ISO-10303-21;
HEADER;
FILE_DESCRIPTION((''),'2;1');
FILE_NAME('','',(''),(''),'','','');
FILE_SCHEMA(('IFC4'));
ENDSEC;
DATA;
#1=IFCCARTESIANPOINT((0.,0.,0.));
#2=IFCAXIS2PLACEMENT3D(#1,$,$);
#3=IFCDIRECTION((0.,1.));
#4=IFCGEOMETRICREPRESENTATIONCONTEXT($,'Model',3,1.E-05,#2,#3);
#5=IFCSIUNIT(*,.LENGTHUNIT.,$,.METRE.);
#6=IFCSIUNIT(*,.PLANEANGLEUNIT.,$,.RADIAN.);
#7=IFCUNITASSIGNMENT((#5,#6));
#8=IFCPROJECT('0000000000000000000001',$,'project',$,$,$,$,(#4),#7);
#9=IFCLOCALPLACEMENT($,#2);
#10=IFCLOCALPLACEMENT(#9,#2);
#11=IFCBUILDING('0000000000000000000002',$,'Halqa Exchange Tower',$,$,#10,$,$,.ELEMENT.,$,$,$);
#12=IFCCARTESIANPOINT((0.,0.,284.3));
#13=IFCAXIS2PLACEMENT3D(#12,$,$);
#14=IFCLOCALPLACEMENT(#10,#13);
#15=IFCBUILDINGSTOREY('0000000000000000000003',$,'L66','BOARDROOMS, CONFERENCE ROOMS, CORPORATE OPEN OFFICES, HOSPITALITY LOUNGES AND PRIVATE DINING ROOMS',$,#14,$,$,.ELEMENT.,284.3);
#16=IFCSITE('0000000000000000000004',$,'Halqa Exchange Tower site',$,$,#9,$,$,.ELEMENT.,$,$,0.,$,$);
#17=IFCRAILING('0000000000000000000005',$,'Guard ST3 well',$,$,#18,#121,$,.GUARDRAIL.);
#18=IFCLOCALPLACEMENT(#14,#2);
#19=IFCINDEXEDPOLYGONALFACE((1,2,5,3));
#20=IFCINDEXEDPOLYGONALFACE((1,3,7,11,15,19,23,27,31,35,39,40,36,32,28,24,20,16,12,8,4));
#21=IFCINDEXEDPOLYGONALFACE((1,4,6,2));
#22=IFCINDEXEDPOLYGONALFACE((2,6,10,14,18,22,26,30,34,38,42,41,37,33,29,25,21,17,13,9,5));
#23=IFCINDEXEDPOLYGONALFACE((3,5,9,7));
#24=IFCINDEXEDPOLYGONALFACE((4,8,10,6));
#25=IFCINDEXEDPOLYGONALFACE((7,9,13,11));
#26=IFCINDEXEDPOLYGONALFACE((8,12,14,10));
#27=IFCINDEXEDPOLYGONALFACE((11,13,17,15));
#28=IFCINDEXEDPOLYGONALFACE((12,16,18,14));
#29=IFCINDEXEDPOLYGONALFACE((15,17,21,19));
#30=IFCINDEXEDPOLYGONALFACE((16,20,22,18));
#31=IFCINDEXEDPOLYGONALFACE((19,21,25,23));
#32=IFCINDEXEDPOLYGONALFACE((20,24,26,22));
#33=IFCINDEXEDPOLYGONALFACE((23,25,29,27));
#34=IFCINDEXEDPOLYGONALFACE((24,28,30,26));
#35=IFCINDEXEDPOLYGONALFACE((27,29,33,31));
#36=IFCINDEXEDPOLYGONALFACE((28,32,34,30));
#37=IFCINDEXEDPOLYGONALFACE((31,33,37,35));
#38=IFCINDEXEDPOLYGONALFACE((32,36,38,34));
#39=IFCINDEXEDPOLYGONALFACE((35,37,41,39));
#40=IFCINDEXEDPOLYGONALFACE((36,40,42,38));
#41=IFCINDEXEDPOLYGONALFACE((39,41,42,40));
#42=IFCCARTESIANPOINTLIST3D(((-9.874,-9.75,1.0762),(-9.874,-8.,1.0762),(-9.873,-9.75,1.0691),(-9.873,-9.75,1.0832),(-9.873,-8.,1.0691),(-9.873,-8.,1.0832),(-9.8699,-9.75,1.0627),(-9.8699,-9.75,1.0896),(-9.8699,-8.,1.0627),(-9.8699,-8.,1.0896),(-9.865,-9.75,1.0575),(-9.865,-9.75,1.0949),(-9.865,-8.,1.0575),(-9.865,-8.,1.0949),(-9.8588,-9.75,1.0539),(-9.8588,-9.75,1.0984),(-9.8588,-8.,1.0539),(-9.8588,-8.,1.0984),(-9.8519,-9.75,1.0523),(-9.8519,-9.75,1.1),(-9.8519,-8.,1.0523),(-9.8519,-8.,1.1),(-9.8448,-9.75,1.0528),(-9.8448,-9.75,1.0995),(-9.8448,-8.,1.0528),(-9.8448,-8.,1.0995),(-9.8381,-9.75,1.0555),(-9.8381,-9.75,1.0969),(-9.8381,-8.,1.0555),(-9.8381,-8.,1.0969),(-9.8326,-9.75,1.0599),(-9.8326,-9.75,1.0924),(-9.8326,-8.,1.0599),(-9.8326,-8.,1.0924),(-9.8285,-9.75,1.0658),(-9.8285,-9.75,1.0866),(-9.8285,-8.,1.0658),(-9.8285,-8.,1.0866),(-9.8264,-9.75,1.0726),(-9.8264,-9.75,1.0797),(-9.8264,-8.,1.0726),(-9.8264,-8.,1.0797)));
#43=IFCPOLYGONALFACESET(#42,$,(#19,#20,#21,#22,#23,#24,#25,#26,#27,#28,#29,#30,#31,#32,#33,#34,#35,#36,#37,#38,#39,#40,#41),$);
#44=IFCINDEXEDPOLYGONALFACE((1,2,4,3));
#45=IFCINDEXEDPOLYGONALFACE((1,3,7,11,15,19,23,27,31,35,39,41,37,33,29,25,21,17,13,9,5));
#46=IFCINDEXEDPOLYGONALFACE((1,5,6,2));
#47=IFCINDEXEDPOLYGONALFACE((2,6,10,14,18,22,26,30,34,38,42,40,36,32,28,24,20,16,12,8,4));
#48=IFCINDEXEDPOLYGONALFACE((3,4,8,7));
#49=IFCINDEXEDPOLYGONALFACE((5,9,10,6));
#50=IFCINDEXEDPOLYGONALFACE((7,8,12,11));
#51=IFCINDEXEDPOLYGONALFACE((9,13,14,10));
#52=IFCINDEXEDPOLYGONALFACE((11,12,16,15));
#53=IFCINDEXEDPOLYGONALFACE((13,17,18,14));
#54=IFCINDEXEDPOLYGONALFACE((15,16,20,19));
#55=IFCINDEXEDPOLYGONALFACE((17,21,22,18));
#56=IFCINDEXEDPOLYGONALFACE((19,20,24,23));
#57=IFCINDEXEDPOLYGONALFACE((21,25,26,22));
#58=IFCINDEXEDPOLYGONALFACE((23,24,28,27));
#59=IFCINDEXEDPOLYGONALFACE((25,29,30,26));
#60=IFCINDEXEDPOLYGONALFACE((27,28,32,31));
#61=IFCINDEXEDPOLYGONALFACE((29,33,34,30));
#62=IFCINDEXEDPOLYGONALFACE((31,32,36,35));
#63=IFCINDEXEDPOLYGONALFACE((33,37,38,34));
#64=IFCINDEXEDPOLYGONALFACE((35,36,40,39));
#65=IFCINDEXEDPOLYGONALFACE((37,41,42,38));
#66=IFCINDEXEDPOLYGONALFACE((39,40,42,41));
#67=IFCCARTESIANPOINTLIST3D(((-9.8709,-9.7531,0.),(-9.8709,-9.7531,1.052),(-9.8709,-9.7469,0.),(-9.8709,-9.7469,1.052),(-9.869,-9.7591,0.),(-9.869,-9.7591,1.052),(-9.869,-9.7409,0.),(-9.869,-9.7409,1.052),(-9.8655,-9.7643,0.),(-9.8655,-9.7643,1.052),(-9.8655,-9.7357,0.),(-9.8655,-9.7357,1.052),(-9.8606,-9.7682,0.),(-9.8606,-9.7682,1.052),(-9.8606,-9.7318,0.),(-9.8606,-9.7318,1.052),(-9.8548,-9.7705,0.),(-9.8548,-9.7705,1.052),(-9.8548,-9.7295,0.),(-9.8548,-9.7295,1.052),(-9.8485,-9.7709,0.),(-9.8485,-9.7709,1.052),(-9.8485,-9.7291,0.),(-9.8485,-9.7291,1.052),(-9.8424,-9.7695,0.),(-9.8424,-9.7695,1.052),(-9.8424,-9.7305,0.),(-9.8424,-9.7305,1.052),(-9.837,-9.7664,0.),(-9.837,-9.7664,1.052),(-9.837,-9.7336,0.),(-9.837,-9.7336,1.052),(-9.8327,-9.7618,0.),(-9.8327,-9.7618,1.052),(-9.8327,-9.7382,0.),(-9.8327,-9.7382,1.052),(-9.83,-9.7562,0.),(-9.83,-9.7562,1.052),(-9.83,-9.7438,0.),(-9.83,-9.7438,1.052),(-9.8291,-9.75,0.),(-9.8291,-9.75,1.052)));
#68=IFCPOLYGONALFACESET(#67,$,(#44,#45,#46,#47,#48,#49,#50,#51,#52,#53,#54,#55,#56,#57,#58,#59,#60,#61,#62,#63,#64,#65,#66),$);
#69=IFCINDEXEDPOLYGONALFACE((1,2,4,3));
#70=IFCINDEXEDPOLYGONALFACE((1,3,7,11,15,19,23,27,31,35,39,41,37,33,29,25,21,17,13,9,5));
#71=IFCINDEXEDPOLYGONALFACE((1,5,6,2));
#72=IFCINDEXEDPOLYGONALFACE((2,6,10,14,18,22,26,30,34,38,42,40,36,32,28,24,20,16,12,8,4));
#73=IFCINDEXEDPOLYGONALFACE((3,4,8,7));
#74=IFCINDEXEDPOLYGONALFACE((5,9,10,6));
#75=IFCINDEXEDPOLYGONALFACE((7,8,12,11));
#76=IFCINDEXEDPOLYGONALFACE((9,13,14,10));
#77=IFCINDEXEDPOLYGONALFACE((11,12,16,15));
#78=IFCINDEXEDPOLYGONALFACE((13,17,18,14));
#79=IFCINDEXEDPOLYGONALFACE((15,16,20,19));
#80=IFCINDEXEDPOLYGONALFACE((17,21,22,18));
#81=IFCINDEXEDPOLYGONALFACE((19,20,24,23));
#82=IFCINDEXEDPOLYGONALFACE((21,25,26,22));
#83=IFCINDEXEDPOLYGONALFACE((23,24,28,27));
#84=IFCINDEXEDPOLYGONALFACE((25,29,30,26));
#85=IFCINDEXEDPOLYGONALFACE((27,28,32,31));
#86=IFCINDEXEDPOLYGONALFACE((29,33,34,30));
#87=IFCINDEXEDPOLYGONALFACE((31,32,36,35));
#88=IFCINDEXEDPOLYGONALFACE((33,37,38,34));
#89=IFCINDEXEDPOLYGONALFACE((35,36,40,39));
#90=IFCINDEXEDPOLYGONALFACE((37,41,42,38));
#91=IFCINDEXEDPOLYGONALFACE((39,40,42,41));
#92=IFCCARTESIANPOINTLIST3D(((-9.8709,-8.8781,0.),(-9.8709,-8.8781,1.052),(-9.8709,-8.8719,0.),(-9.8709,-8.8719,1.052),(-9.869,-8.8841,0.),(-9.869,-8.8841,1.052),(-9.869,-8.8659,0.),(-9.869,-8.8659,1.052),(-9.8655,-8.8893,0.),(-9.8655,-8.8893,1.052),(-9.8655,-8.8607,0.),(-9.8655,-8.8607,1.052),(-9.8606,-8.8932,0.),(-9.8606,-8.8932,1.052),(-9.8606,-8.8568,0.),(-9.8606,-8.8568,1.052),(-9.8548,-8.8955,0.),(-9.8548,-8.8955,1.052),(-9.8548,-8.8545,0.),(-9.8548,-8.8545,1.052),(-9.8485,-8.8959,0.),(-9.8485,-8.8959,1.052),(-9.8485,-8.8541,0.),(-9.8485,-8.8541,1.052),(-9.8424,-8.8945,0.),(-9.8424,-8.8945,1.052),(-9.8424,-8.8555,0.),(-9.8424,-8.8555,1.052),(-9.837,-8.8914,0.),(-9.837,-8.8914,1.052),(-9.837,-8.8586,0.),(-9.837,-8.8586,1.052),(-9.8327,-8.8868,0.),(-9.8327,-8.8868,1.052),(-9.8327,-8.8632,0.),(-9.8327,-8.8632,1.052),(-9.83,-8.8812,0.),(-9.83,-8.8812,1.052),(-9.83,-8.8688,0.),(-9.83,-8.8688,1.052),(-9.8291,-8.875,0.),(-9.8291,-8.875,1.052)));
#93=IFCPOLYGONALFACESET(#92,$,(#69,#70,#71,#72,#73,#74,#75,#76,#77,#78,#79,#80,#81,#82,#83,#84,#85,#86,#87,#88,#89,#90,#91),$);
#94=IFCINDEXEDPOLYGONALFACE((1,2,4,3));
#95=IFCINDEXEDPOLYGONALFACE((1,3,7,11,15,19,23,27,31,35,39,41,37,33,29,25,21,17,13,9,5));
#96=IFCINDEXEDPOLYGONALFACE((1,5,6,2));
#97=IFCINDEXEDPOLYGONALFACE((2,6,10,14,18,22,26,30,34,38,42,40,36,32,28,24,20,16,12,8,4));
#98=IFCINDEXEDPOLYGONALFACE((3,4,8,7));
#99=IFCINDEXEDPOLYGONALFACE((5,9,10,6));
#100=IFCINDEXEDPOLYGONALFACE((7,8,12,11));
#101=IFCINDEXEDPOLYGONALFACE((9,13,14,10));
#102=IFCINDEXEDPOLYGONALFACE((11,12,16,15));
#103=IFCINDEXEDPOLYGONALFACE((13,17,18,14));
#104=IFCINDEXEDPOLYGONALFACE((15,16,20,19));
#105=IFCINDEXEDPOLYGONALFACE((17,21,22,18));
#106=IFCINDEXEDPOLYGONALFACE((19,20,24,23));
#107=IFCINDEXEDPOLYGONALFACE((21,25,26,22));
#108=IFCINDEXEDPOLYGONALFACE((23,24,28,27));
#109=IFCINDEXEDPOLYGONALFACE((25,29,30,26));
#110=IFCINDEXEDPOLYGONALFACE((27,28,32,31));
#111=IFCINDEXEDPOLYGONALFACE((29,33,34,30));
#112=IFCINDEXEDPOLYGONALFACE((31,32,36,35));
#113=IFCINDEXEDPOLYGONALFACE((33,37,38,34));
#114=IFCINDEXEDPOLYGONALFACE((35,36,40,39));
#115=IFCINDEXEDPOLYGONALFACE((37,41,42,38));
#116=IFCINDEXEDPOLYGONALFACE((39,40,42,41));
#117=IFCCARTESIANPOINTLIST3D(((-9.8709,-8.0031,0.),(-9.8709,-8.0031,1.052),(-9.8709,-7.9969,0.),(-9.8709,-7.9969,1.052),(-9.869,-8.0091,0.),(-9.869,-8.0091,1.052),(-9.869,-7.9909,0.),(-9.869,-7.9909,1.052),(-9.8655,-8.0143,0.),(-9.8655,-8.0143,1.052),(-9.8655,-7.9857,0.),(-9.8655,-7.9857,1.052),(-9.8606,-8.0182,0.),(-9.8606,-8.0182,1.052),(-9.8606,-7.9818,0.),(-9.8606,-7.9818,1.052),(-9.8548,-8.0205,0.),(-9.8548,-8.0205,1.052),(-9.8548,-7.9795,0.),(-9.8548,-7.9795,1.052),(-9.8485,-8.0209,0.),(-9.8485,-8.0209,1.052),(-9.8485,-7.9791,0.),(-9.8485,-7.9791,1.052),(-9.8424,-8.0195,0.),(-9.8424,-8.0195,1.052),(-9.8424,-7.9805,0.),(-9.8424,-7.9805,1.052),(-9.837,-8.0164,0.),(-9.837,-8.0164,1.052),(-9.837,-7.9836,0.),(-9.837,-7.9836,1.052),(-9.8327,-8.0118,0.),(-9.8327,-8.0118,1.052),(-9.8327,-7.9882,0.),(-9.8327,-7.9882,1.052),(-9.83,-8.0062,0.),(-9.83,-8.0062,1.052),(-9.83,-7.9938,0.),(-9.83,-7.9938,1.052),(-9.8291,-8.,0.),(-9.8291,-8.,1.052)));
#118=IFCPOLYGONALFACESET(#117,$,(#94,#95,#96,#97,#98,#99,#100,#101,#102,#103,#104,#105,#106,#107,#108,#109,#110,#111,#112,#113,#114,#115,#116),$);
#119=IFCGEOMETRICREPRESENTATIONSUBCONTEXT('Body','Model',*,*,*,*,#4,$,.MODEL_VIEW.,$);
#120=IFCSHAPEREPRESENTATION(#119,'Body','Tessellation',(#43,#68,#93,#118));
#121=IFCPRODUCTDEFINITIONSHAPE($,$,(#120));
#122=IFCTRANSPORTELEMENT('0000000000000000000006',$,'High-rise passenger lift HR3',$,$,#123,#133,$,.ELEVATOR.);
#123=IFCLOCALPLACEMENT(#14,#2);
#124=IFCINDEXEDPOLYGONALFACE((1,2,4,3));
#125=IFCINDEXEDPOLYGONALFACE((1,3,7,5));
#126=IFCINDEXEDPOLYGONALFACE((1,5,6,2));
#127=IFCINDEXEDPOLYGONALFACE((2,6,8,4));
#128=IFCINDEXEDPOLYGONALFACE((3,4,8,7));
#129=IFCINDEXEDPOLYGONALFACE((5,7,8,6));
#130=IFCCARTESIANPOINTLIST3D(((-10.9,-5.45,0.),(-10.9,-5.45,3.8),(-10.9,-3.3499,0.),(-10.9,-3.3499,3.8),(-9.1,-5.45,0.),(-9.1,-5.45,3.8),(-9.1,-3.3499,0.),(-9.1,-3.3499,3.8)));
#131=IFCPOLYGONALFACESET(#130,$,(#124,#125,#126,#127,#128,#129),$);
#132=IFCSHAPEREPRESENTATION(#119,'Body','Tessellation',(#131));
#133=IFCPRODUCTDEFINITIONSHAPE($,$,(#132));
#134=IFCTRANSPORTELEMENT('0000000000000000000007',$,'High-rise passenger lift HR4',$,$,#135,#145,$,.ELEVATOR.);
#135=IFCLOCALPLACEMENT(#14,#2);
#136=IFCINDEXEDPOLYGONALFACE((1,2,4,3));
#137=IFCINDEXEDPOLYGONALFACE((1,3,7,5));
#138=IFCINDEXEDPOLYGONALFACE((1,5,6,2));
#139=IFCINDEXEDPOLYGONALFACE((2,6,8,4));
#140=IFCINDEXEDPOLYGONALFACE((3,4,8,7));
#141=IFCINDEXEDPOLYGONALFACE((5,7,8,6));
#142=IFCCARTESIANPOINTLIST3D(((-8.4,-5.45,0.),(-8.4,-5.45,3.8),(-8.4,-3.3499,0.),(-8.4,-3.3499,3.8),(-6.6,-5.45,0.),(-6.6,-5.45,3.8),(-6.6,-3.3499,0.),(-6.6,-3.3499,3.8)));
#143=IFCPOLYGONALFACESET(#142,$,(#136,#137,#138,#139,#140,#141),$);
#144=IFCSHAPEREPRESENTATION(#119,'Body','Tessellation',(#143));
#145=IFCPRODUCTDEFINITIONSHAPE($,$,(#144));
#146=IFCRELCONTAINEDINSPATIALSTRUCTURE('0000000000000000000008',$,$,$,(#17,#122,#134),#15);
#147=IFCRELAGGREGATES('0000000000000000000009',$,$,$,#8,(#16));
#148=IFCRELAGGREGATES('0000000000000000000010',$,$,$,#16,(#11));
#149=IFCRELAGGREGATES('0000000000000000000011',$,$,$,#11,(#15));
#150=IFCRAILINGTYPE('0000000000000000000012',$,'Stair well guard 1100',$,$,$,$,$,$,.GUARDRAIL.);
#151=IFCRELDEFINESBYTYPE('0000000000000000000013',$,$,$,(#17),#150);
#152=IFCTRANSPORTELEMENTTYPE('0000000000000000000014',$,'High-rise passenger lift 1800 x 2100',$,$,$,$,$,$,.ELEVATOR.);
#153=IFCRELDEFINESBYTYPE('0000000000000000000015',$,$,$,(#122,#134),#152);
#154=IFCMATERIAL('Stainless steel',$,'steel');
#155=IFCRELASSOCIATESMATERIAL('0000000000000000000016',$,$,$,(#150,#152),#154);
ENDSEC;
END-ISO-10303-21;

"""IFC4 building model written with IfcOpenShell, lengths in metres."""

from ifc_helpers import new_model, si_unit, direction, frame, origin, origin_2d, place, context, subcontext, project, spatial, rectangle, circle, extrude, material, type_object, element, save


model = new_model("IFC4")

# Units and contexts
model_context = context("Model", 3, precision=1e-05, world=origin(), true_north=direction((0.0, 1.0)))
body_context = subcontext(model_context, "Body", "Model", "MODEL_VIEW")
ifc_project = project(units=[si_unit("LENGTHUNIT", "METRE"), si_unit("PLANEANGLEUNIT", "RADIAN")], contexts=[model_context])

# Site, building, storey
site_placement = place(None, origin())
site = spatial("IfcSite", under=ifc_project, at=site_placement, Name="Halqa Exchange Tower site", CompositionType="ELEMENT", RefElevation=0.0)
building_placement = place(site_placement, origin())
building = spatial("IfcBuilding", under=site, at=building_placement, Name="Halqa Exchange Tower", CompositionType="ELEMENT")
storey_placement = place(building_placement, frame((0.0, 0.0, 284.3)))
storey = spatial("IfcBuildingStorey", under=building, at=storey_placement, Name="L66", Description="BOARDROOMS, CONFERENCE ROOMS, CORPORATE OPEN OFFICES, HOSPITALITY LOUNGES AND PRIVATE DINING ROOMS", CompositionType="ELEMENT", Elevation=284.3)

# Shared definitions
ifc_material_1 = material(Name="Stainless steel", Category="steel")

# Railing
railing_type_1 = type_object("IfcRailingType", Name="Stair well guard 1100", PredefinedType="GUARDRAIL", material=ifc_material_1)
railing_1_placement = place(storey_placement, frame((-9.8501, -9.75, 0.0)))
element("IfcRailing", 1, at=railing_1_placement, inside=storey, type_object=railing_type_1, Name="Guard ST3 well", PredefinedType="GUARDRAIL", context=body_context, shape_type="SweptSolid", body=[
    extrude(circle(Radius=0.0239, at=origin_2d()), frame((0.0, 0.0, 1.0762), z_axis=(0.0, 1.0, 0.0), x_axis=(-1.0, 0.0, 0.0)), (0.0, 0.0, 1.0), 1.75),
    extrude(circle(Radius=0.021, at=origin_2d()), origin(), (0.0, 0.0, 1.0), 1.052),
    extrude(circle(Radius=0.021, at=origin_2d()), frame((0.0, 0.875, 0.0)), (0.0, 0.0, 1.0), 1.052),
    extrude(circle(Radius=0.021, at=origin_2d()), frame((0.0, 1.75, 0.0)), (0.0, 0.0, 1.0), 1.052),
])

# Transport elements
transport_element_type = type_object("IfcTransportElementType", Name="High-rise passenger lift 1800 x 2100", PredefinedType="ELEVATOR", material=ifc_material_1)
for number, where, z_axis, x_axis, name in (
    (2, (-10.0, -4.3999, 0.0), (0.0, 0.0, 1.0), (1.0, 0.0, 0.0), "High-rise passenger lift HR3"),
    (3, (-7.5, -4.3999, 0.0), (0.0, 0.0, 1.0), (1.0, 0.0, 0.0), "High-rise passenger lift HR4"),
):
    element("IfcTransportElement", number, at=place(storey_placement, frame(where, z_axis=z_axis, x_axis=x_axis)), inside=storey, type_object=transport_element_type, Name=name, PredefinedType="ELEVATOR", context=body_context, shape_type="SweptSolid", body=[
        extrude(rectangle(XDim=1.8, YDim=2.1001, at=origin_2d()), origin(), (0.0, 0.0, 1.0), 3.8),
    ])

save(model, "model.ifc")
